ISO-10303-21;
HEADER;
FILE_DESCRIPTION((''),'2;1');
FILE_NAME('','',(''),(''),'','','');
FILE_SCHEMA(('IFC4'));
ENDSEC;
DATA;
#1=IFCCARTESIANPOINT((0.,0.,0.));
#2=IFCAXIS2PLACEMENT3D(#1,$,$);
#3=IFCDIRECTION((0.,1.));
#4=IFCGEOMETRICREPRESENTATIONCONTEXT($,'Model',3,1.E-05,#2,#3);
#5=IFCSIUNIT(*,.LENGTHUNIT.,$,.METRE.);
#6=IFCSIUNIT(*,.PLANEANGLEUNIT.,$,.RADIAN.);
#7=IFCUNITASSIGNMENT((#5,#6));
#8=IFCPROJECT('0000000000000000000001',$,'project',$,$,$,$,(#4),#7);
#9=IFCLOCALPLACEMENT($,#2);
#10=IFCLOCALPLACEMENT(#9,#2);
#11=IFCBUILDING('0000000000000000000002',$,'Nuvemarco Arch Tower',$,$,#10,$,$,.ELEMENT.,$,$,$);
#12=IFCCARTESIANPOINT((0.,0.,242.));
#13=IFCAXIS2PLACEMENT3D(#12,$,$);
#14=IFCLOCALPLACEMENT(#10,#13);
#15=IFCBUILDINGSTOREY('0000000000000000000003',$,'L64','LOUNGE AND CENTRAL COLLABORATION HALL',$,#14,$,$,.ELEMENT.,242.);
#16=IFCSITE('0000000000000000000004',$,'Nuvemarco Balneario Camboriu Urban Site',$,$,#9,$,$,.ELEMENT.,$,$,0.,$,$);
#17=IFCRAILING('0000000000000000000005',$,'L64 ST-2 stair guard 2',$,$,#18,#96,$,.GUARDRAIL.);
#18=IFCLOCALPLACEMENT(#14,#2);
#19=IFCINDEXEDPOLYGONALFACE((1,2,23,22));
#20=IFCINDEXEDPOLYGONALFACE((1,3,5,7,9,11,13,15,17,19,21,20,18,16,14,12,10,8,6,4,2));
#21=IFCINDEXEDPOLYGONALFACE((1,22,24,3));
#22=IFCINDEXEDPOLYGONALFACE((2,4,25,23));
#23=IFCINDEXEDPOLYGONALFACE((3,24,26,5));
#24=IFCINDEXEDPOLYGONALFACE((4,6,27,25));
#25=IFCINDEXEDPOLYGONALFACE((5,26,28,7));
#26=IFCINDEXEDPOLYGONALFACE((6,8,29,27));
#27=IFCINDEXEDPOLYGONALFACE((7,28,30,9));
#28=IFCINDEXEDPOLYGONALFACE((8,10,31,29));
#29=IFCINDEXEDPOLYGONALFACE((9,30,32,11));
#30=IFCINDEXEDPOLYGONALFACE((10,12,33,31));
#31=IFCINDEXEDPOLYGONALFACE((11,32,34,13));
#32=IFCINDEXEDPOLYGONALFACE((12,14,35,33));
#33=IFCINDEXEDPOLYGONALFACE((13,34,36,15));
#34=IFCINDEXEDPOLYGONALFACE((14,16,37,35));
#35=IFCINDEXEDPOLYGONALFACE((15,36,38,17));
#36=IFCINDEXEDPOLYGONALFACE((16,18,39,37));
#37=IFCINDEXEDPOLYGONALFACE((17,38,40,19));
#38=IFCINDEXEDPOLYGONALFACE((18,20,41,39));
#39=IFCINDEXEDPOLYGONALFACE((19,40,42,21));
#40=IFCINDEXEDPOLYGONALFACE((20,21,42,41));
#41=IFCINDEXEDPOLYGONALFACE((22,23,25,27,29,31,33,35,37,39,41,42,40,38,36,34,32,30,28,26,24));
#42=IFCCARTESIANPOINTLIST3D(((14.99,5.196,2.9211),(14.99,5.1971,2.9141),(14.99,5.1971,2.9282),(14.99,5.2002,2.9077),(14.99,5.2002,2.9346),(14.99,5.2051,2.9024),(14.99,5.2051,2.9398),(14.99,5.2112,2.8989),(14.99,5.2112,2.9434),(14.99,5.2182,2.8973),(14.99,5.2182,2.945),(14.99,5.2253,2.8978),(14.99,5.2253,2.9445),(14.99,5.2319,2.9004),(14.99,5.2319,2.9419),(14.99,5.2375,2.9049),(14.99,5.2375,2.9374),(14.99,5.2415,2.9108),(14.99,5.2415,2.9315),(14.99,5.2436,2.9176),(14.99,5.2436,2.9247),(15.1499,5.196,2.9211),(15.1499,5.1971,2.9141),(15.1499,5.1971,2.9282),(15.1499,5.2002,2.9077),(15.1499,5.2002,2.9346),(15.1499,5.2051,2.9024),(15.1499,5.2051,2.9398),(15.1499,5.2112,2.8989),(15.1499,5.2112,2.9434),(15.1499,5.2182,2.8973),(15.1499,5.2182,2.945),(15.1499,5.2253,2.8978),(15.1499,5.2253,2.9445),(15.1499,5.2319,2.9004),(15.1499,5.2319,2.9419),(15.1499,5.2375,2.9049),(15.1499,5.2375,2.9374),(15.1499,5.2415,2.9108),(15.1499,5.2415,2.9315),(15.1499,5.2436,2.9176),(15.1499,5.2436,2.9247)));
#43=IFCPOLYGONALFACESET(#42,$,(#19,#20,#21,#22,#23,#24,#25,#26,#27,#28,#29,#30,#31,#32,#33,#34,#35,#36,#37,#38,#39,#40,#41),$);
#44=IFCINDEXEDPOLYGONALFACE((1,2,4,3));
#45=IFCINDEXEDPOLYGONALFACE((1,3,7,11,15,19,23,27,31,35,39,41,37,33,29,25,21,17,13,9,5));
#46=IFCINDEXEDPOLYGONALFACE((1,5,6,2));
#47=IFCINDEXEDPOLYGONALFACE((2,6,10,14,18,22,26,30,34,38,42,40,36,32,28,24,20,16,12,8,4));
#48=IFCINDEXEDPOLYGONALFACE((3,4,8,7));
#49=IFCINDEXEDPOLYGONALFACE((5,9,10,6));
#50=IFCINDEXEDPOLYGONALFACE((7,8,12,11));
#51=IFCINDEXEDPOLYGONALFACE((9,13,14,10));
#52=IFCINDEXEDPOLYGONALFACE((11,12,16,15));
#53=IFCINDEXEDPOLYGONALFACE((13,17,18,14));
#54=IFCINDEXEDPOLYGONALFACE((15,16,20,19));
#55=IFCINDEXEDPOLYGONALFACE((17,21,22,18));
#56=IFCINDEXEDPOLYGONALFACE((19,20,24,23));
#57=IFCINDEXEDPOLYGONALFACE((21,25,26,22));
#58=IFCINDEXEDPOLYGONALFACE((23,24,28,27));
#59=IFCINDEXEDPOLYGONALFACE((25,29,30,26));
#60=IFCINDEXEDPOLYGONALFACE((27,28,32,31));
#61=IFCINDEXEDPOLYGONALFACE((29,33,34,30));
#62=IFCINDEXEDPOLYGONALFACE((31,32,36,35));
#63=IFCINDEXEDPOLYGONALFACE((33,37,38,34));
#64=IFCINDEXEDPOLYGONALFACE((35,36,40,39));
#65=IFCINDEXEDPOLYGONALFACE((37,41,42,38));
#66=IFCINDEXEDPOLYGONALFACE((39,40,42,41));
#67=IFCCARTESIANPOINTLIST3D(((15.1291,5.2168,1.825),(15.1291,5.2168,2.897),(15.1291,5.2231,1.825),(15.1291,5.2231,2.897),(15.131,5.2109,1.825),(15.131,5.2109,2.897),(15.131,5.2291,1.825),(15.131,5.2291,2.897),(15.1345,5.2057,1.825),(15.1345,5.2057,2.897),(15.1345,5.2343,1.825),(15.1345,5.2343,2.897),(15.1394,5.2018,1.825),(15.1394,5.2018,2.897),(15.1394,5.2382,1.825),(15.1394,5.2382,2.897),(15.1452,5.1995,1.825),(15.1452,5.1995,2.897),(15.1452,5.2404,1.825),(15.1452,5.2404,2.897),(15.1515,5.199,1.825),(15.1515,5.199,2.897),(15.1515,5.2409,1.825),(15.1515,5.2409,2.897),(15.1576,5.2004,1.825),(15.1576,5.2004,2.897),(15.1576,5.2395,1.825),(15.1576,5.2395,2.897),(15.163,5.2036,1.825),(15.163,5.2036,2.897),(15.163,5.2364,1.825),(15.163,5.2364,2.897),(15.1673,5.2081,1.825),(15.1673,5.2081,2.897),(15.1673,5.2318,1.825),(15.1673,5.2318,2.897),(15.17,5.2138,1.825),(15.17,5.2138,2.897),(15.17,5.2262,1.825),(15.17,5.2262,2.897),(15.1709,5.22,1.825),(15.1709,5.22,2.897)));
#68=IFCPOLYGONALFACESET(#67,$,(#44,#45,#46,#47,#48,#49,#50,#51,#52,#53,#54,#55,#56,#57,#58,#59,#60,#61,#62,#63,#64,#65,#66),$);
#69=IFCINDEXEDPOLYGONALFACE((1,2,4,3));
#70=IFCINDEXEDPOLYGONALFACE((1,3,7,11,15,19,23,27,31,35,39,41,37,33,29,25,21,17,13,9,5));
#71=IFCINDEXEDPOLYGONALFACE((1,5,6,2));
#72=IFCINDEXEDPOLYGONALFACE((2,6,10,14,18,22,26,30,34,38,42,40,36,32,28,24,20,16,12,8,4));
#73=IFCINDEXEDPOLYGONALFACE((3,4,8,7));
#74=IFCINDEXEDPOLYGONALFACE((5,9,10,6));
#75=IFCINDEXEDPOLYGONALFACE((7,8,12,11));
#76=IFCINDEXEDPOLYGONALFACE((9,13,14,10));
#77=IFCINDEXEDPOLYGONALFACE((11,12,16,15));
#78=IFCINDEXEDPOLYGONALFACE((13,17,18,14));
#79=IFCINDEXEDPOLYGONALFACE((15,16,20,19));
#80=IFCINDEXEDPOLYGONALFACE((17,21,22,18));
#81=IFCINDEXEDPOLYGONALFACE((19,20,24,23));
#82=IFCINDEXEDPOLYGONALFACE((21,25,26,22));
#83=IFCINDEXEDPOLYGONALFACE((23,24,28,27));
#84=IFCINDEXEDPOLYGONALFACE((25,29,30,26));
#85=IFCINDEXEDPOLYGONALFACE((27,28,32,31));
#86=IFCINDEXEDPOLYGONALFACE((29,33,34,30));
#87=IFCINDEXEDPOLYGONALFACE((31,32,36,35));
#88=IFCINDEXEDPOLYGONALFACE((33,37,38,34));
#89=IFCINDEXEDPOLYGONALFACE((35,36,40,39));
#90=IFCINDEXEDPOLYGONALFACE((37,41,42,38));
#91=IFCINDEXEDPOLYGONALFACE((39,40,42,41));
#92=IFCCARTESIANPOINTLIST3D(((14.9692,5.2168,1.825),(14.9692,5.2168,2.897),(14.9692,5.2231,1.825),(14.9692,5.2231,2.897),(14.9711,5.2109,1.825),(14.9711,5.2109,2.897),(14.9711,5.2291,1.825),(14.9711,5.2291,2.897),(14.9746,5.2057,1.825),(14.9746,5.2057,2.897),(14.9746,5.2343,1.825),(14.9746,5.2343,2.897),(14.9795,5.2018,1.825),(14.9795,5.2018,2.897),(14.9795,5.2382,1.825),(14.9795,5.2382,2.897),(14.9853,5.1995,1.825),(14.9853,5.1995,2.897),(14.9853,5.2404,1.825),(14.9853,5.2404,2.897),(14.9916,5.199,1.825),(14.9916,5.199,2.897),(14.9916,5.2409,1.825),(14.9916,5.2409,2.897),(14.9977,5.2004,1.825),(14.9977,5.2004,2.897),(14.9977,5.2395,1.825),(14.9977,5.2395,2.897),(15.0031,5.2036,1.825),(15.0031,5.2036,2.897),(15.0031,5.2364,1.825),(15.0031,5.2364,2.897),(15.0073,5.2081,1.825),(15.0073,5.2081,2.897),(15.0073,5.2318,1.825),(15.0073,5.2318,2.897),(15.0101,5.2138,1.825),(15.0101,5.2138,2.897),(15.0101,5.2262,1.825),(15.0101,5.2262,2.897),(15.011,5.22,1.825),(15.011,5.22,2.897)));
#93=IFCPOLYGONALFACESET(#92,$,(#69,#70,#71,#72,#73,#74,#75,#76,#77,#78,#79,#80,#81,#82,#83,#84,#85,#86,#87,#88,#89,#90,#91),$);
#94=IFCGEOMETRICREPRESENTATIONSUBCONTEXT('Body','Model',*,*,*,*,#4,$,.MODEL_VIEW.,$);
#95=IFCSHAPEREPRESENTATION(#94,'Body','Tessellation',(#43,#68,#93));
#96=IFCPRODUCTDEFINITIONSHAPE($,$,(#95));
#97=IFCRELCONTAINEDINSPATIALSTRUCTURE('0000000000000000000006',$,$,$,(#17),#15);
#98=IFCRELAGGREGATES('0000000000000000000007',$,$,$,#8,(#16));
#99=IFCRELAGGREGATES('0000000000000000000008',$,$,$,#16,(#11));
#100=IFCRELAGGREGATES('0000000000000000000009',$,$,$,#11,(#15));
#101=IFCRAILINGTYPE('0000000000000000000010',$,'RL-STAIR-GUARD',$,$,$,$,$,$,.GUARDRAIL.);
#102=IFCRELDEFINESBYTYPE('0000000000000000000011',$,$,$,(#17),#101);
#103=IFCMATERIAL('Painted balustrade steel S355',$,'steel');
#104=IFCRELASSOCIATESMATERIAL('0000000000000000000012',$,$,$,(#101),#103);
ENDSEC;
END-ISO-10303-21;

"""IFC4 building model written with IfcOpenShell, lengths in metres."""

from ifc_helpers import new_model, si_unit, direction, frame, origin, origin_2d, place, context, subcontext, project, spatial, circle, extrude, material, type_object, element, save


model = new_model("IFC4")

# Units and contexts
model_context = context("Model", 3, precision=1e-05, world=origin(), true_north=direction((0.0, 1.0)))
body_context = subcontext(model_context, "Body", "Model", "MODEL_VIEW")
ifc_project = project(units=[si_unit("LENGTHUNIT", "METRE"), si_unit("PLANEANGLEUNIT", "RADIAN")], contexts=[model_context])

# Site, building, storey
site_placement = place(None, origin())
site = spatial("IfcSite", under=ifc_project, at=site_placement, Name="Nuvemarco Balneario Camboriu Urban Site", CompositionType="ELEMENT", RefElevation=0.0)
building_placement = place(site_placement, origin())
building = spatial("IfcBuilding", under=site, at=building_placement, Name="Nuvemarco Arch Tower", CompositionType="ELEMENT")
storey_placement = place(building_placement, frame((0.0, 0.0, 242.0)))
storey = spatial("IfcBuildingStorey", under=building, at=storey_placement, Name="L64", Description="LOUNGE AND CENTRAL COLLABORATION HALL", CompositionType="ELEMENT", Elevation=242.0)

# Railing
ifc_material_1 = material(Name="Painted balustrade steel S355", Category="steel")
railing_type = type_object("IfcRailingType", Name="RL-STAIR-GUARD", PredefinedType="GUARDRAIL", material=ifc_material_1)
railing_1_placement = place(storey_placement, frame((15.1499, 5.22, 1.825)))
element("IfcRailing", 1, at=railing_1_placement, inside=storey, type_object=railing_type, Name="L64 ST-2 stair guard 2", PredefinedType="GUARDRAIL", context=body_context, shape_type="SweptSolid", body=[
    extrude(circle(Radius=0.0239, at=origin_2d()), frame((0.0, 0.0, 1.0962), z_axis=(-1.0, 0.0, 0.0), x_axis=(0.0, -1.0, 0.0)), (0.0, 0.0, 1.0), 0.1599),
    extrude(circle(Radius=0.021, at=origin_2d()), origin(), (0.0, 0.0, 1.0), 1.072),
    extrude(circle(Radius=0.021, at=origin_2d()), frame((-0.1599, 0.0, 0.0)), (0.0, 0.0, 1.0), 1.072),
])

save(model, "model.ifc")
